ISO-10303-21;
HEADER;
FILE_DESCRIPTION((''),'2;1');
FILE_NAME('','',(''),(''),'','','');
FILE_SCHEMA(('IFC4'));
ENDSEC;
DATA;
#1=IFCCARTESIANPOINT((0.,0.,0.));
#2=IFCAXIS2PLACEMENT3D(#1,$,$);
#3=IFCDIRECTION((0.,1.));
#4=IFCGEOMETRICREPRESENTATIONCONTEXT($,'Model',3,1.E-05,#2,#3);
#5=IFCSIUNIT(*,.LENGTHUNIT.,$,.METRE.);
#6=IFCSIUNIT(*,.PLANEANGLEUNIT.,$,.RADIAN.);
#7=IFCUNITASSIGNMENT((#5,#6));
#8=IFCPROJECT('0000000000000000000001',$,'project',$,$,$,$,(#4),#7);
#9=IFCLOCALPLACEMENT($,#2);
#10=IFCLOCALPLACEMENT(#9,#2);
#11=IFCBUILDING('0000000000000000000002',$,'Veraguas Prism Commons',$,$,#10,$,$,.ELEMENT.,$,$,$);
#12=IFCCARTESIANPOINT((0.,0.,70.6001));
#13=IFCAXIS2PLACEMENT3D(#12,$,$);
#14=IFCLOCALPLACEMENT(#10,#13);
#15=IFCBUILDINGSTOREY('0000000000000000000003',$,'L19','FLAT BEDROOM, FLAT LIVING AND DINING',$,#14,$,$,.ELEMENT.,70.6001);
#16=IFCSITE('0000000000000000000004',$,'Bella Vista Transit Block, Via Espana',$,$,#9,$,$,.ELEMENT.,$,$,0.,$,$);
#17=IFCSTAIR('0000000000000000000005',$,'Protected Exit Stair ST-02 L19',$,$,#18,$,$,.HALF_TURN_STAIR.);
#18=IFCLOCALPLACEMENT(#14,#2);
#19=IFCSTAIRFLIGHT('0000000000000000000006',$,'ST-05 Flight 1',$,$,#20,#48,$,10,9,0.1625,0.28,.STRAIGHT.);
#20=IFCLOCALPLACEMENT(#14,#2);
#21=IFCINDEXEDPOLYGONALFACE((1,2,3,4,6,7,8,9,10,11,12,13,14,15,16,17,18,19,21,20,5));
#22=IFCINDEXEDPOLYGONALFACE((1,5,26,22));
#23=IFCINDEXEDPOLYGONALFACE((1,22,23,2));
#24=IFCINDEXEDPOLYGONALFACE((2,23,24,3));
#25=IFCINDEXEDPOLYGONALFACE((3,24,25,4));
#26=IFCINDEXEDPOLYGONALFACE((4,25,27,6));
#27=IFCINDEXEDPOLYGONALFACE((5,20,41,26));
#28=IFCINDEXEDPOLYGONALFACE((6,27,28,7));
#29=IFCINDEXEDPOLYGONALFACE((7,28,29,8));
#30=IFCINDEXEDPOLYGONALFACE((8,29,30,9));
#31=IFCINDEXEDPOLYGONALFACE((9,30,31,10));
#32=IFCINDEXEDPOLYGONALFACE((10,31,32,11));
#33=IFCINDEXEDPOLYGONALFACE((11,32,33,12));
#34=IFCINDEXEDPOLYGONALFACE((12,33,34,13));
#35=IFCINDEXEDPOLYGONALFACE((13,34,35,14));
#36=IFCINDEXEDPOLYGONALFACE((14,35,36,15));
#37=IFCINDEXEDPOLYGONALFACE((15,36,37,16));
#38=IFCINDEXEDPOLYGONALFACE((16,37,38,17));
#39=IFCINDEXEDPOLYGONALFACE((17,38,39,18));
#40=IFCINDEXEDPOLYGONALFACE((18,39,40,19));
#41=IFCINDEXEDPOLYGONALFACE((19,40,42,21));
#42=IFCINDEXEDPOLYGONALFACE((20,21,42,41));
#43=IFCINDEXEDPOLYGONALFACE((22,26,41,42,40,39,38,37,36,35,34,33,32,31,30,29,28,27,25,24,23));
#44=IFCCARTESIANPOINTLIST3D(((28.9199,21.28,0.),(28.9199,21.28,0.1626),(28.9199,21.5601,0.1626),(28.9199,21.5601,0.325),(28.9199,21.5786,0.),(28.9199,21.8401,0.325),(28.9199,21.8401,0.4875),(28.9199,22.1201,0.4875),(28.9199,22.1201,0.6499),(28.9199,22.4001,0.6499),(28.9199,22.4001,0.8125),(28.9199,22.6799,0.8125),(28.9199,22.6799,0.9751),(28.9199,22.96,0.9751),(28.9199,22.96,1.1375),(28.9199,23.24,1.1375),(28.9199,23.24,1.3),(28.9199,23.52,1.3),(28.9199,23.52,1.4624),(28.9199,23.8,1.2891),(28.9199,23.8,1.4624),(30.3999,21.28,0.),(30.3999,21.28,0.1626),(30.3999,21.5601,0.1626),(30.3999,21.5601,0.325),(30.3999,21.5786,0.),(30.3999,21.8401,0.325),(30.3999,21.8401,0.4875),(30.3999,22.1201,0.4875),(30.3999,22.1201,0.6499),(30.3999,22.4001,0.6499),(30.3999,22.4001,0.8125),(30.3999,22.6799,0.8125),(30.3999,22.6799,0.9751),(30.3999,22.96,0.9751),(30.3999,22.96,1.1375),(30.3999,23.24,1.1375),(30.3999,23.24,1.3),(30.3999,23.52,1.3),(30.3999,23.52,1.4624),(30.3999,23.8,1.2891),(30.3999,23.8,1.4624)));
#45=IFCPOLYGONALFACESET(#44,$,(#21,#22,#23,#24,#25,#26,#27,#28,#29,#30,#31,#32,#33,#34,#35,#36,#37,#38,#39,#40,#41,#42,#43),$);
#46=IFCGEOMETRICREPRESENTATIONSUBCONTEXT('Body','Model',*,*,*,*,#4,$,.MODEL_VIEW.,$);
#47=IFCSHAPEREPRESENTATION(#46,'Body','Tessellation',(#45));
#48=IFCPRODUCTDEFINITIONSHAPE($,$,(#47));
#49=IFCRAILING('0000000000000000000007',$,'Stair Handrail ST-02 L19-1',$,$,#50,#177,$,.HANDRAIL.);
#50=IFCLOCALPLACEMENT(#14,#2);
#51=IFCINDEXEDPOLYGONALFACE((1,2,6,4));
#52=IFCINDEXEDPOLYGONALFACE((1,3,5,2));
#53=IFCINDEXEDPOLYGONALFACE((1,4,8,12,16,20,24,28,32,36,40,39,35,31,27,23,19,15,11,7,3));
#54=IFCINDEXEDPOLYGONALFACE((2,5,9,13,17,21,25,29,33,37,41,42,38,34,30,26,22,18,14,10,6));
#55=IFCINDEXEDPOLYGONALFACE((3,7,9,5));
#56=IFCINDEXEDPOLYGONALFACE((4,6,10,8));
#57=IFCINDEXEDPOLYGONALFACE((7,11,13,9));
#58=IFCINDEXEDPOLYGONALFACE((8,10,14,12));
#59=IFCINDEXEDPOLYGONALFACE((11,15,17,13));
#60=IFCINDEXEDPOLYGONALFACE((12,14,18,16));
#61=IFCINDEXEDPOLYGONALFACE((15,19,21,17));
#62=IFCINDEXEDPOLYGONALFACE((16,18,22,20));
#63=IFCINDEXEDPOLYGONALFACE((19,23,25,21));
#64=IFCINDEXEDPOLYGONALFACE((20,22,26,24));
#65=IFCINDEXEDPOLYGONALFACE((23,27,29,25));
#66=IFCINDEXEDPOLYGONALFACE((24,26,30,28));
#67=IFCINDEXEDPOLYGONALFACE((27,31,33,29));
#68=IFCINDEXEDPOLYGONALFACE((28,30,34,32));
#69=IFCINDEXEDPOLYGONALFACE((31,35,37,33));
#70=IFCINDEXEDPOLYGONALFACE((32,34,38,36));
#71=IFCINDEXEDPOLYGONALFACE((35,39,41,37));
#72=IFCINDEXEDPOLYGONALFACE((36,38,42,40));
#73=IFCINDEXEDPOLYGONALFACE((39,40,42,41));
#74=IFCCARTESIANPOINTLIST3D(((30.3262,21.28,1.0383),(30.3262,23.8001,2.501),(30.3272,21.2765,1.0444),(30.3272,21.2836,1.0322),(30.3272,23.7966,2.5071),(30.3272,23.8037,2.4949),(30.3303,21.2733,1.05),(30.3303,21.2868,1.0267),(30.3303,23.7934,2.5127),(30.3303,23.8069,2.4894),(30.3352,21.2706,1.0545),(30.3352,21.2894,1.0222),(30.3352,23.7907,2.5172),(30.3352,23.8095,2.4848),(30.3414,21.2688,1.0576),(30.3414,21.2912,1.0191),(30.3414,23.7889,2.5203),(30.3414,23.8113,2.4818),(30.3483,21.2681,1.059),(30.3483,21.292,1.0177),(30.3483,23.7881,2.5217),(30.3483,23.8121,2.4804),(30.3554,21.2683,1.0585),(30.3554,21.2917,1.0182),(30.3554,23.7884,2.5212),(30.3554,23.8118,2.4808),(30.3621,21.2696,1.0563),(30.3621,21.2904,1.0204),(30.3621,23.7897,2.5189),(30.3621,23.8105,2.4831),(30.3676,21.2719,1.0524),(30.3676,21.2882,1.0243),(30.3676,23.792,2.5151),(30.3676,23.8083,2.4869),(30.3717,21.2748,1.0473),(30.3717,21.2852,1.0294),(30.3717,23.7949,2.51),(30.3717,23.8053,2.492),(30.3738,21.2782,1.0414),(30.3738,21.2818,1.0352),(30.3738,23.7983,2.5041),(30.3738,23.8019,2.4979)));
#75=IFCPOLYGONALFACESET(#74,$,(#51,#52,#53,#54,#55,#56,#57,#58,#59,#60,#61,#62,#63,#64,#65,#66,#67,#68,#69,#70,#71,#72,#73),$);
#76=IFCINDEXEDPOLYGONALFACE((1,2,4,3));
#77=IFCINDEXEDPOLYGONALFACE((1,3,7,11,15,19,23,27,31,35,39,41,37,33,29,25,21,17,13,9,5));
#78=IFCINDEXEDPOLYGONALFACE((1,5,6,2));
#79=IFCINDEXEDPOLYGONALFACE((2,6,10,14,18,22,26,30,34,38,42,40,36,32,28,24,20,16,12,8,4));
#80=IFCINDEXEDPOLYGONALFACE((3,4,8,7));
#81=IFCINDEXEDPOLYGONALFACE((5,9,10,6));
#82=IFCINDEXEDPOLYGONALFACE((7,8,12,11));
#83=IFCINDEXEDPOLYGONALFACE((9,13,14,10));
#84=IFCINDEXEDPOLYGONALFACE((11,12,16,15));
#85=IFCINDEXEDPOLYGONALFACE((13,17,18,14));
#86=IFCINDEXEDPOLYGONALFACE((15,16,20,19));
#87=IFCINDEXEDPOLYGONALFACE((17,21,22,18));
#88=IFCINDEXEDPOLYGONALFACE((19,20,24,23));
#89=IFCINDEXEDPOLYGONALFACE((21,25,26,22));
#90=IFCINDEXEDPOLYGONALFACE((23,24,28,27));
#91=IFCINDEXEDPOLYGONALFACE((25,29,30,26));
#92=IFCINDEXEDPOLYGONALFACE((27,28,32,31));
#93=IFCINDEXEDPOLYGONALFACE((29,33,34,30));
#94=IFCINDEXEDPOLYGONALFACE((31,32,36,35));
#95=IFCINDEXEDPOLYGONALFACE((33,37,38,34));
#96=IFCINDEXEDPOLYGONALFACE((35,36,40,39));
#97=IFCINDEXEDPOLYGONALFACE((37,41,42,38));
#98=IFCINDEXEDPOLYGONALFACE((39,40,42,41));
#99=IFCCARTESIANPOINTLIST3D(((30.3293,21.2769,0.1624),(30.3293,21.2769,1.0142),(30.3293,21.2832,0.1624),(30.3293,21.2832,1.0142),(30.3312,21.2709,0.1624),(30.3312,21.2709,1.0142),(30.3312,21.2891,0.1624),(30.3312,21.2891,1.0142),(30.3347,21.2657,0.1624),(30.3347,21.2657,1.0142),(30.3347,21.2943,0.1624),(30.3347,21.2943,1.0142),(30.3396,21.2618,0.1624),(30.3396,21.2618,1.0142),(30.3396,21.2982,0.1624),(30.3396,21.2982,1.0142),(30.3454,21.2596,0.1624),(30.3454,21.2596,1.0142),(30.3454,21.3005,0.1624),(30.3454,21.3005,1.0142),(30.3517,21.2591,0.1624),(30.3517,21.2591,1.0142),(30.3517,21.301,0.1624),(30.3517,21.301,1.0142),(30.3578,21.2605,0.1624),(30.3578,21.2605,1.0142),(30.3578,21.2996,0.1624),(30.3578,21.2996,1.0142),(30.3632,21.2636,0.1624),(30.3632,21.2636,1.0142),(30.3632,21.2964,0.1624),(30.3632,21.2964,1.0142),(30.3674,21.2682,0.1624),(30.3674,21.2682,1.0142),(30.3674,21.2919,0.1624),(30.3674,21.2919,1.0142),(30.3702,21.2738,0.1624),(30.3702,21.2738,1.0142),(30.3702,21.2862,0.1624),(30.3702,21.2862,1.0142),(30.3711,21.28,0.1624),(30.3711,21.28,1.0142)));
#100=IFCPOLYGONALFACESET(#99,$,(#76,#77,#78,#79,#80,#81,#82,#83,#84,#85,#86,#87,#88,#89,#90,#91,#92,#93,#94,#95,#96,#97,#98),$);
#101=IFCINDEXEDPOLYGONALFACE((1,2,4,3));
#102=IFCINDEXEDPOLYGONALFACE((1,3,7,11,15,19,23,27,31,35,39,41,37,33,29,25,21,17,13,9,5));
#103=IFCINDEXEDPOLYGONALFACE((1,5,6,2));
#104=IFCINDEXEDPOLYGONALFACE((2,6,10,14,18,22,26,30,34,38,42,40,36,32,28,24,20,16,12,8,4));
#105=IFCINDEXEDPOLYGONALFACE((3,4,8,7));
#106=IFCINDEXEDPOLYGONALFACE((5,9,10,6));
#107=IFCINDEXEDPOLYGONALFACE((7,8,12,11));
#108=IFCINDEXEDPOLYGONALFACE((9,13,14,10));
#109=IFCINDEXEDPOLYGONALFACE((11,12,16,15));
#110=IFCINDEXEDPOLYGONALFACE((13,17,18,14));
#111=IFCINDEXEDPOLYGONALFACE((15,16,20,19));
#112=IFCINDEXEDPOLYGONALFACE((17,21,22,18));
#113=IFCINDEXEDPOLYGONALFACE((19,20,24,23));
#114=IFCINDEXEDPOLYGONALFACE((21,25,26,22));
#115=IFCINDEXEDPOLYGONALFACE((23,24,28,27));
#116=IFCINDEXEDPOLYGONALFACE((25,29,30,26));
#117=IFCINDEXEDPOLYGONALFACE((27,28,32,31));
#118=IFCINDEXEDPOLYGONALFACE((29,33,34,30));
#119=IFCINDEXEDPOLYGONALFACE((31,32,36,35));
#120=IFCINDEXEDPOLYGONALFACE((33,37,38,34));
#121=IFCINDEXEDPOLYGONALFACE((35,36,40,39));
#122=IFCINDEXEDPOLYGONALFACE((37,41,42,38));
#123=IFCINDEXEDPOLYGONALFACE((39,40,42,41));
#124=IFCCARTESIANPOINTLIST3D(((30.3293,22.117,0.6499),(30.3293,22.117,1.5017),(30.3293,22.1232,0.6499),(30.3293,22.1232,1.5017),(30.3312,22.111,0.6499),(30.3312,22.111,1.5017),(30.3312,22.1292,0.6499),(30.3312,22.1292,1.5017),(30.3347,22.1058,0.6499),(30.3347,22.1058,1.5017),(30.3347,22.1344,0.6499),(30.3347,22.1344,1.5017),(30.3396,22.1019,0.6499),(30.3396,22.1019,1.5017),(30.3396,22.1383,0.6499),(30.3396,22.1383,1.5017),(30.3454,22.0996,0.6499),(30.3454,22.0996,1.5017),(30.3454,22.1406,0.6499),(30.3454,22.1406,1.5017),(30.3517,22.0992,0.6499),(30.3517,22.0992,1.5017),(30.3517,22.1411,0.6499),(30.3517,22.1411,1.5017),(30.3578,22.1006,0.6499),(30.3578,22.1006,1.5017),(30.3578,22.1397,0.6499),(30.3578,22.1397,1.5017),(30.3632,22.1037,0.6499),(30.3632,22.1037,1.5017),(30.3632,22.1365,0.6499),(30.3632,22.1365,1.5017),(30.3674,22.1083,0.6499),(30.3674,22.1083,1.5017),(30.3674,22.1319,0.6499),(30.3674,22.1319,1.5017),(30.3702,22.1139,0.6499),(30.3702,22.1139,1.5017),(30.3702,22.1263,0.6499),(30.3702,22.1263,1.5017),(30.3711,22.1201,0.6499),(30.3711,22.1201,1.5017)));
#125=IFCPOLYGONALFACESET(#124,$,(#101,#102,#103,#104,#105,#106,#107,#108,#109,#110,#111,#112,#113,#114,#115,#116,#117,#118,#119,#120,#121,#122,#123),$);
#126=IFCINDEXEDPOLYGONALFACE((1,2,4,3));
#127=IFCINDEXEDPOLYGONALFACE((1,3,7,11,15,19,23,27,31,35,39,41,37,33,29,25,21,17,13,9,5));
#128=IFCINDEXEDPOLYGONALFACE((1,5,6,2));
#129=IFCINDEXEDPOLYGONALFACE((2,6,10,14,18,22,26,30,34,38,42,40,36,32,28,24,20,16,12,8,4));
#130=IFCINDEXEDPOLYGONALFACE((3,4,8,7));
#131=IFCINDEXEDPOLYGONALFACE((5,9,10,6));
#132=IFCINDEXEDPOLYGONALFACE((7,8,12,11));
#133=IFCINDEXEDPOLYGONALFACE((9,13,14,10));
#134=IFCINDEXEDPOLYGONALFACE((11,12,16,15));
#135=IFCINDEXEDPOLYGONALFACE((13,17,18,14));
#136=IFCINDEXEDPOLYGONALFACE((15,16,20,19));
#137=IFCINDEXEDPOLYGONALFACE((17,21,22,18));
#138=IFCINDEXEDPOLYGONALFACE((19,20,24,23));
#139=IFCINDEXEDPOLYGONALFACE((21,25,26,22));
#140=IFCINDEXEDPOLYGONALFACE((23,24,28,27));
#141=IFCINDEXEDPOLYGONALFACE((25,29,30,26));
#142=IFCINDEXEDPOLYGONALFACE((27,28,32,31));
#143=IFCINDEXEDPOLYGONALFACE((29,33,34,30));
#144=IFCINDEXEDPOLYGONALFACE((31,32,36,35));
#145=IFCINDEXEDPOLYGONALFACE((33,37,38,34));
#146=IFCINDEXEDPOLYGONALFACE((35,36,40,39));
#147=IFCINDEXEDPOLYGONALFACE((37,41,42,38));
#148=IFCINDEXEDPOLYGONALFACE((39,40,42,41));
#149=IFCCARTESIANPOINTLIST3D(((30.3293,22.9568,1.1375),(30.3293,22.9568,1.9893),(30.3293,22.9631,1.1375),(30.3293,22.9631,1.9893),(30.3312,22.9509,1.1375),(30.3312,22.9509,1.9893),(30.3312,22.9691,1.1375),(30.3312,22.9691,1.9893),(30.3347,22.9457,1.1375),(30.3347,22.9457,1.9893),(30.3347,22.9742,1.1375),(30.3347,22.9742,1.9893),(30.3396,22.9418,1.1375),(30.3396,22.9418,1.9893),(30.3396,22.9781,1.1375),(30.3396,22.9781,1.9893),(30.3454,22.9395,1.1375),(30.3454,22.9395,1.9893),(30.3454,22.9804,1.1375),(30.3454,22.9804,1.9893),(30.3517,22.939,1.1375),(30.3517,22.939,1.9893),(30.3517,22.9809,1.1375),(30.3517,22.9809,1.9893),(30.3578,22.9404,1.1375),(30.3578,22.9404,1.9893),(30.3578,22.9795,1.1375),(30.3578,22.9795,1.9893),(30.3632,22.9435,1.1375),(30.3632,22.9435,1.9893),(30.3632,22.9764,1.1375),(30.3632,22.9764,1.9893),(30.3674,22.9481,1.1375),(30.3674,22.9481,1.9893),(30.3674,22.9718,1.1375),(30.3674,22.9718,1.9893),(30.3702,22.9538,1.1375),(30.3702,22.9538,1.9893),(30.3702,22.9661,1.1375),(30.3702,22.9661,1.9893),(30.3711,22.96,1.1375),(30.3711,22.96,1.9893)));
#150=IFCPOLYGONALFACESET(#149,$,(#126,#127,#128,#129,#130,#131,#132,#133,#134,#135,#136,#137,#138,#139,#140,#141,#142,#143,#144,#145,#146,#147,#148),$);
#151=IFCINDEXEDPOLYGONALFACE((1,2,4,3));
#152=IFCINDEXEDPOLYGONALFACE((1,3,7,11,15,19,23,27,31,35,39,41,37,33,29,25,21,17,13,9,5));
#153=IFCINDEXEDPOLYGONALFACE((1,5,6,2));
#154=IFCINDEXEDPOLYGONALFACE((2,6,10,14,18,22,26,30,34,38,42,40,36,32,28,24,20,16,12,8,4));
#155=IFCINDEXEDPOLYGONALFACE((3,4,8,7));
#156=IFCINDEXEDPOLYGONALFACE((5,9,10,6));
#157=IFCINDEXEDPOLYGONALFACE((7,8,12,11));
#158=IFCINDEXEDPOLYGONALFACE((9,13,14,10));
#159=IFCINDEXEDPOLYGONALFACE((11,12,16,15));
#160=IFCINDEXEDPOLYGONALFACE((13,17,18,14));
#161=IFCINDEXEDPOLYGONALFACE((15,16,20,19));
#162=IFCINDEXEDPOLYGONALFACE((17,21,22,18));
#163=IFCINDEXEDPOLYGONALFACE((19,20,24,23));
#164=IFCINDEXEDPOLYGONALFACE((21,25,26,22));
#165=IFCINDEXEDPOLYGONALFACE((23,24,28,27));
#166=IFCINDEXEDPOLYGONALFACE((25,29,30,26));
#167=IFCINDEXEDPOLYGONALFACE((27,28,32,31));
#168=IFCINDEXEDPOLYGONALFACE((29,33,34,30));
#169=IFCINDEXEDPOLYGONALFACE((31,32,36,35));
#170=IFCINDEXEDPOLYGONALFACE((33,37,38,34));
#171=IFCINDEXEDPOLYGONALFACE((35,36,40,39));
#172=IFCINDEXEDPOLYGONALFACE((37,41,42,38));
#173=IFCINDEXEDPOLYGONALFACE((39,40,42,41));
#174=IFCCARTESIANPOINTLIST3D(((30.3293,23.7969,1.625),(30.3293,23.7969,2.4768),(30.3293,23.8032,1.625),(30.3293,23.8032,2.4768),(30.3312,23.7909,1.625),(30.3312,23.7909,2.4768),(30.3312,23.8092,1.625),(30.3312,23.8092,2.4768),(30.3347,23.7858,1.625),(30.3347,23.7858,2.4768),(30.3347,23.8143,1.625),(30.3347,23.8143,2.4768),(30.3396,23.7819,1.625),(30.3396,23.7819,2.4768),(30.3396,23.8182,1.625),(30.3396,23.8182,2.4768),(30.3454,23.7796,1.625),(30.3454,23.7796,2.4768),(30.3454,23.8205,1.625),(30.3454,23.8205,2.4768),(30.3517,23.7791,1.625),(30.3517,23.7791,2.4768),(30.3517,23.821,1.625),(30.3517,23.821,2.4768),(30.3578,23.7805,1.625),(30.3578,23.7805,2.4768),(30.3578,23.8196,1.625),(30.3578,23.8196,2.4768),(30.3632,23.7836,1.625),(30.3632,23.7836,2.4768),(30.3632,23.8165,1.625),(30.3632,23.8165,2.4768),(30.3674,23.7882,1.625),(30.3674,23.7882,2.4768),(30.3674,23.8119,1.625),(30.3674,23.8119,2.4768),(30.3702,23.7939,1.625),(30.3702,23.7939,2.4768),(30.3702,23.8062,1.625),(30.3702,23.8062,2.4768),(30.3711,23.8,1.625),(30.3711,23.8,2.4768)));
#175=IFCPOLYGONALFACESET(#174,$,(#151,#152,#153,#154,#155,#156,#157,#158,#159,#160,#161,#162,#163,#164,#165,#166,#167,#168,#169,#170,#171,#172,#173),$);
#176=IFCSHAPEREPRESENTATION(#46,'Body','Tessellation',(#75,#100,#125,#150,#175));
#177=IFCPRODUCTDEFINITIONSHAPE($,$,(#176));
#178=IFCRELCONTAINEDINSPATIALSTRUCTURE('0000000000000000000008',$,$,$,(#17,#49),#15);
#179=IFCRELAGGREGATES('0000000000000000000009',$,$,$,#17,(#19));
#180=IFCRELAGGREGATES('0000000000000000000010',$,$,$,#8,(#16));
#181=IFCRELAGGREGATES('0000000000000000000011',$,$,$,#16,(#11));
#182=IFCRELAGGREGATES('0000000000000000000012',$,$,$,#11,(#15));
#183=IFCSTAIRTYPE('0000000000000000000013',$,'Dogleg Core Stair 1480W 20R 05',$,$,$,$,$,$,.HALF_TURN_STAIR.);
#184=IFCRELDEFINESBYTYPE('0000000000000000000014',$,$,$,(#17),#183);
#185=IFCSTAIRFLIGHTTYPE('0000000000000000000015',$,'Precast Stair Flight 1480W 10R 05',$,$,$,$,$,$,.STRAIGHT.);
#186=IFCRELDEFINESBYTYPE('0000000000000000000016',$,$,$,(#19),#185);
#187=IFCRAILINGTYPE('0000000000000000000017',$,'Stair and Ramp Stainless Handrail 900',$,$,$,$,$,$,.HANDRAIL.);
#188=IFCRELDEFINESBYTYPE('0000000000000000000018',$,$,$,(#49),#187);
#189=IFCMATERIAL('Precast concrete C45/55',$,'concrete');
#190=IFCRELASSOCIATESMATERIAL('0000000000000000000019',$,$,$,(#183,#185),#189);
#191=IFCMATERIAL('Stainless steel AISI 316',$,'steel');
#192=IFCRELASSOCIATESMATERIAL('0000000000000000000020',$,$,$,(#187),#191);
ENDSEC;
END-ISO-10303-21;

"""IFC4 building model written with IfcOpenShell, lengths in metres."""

from ifc_helpers import new_model, si_unit, direction, frame, origin, origin_2d, place, context, subcontext, project, spatial, polyline, circle, outline, extrude, material, type_object, element, aggregate, save


model = new_model("IFC4")

# Units and contexts
model_context = context("Model", 3, precision=1e-05, world=origin(), true_north=direction((0.0, 1.0)))
body_context = subcontext(model_context, "Body", "Model", "MODEL_VIEW")
ifc_project = project(units=[si_unit("LENGTHUNIT", "METRE"), si_unit("PLANEANGLEUNIT", "RADIAN")], contexts=[model_context])

# Site, building, storey
site_placement = place(None, origin())
site = spatial("IfcSite", under=ifc_project, at=site_placement, Name="Bella Vista Transit Block, Via Espana", CompositionType="ELEMENT", RefElevation=0.0)
building_placement = place(site_placement, origin())
building = spatial("IfcBuilding", under=site, at=building_placement, Name="Veraguas Prism Commons", CompositionType="ELEMENT")
storey_placement = place(building_placement, frame((0.0, 0.0, 70.6001)))
storey = spatial("IfcBuildingStorey", under=building, at=storey_placement, Name="L19", Description="FLAT BEDROOM, FLAT LIVING AND DINING", CompositionType="ELEMENT", Elevation=70.6001)

# Shared definitions
ifc_material_1 = material(Name="Stainless steel AISI 316", Category="steel")

# Stair, stair flight
ifc_material_2 = material(Name="Precast concrete C45/55", Category="concrete")
stair_type = type_object("IfcStairType", Name="Dogleg Core Stair 1480W 20R 05", PredefinedType="HALF_TURN_STAIR", material=ifc_material_2)
stair_placement = place(storey_placement, origin())
stair = element("IfcStair", 1, at=stair_placement, inside=storey, type_object=stair_type, Name="Protected Exit Stair ST-02 L19", PredefinedType="HALF_TURN_STAIR")
stair_flight_type = type_object("IfcStairFlightType", Name="Precast Stair Flight 1480W 10R 05", PredefinedType="STRAIGHT", material=ifc_material_2)
stair_flight_placement = place(storey_placement, frame((29.6599, 21.28, 0.0), z_axis=(0.0, 0.0, 1.0), x_axis=(0.0, 1.0, 0.0)))
stair_flight = element("IfcStairFlight", 2, at=stair_flight_placement, type_object=stair_flight_type, Name="ST-05 Flight 1", NumberOfRisers=10, NumberOfTreads=9, PredefinedType="STRAIGHT", RiserHeight=0.1625, TreadLength=0.28, context=body_context, shape_type="SweptSolid", body=[
    extrude(outline(polyline([(0.0, 0.0), (0.0, 0.1626), (0.28, 0.1626), (0.28, 0.325), (0.5601, 0.325), (0.5601, 0.4875), (0.8401, 0.4875), (0.8401, 0.6499), (1.1201, 0.6499), (1.1201, 0.8125), (1.3999, 0.8125), (1.3999, 0.9751), (1.6799, 0.9751), (1.6799, 1.1375), (1.96, 1.1375), (1.96, 1.3), (2.24, 1.3), (2.24, 1.4624), (2.52, 1.4624), (2.52, 1.625), (2.52, 1.2891), (0.2986, 0.0), (0.0, 0.0)])), frame((0.0, 0.74, 0.0), z_axis=(0.0, -1.0, 0.0), x_axis=(1.0, 0.0, 0.0)), (0.0, 0.0, 1.0), 1.48),
])
aggregate(stair, [stair_flight])

# Railing
railing_type_1 = type_object("IfcRailingType", Name="Stair and Ramp Stainless Handrail 900", PredefinedType="HANDRAIL", material=ifc_material_1)
railing_1_placement = place(storey_placement, frame((30.3501, 21.28, 0.1624)))
element("IfcRailing", 3, at=railing_1_placement, inside=storey, type_object=railing_type_1, Name="Stair Handrail ST-02 L19-1", PredefinedType="HANDRAIL", context=body_context, shape_type="SweptSolid", body=[
    extrude(circle(Radius=0.0239, at=origin_2d()), frame((0.0, 0.0, 0.876), z_axis=(0.0, 0.864877, 0.501984), x_axis=(-1.0, 0.0, 0.0)), (0.0, 0.0, 1.0), 2.9138),
    extrude(circle(Radius=0.021, at=origin_2d()), origin(), (0.0, 0.0, 1.0), 0.8518),
    extrude(circle(Radius=0.021, at=origin_2d()), frame((0.0, 0.8401, 0.4875)), (0.0, 0.0, 1.0), 0.8518),
    extrude(circle(Radius=0.021, at=origin_2d()), frame((0.0, 1.6799, 0.9751)), (0.0, 0.0, 1.0), 0.8518),
    extrude(circle(Radius=0.021, at=origin_2d()), frame((0.0, 2.52, 1.4626)), (0.0, 0.0, 1.0), 0.8518),
])

save(model, "model.ifc")
